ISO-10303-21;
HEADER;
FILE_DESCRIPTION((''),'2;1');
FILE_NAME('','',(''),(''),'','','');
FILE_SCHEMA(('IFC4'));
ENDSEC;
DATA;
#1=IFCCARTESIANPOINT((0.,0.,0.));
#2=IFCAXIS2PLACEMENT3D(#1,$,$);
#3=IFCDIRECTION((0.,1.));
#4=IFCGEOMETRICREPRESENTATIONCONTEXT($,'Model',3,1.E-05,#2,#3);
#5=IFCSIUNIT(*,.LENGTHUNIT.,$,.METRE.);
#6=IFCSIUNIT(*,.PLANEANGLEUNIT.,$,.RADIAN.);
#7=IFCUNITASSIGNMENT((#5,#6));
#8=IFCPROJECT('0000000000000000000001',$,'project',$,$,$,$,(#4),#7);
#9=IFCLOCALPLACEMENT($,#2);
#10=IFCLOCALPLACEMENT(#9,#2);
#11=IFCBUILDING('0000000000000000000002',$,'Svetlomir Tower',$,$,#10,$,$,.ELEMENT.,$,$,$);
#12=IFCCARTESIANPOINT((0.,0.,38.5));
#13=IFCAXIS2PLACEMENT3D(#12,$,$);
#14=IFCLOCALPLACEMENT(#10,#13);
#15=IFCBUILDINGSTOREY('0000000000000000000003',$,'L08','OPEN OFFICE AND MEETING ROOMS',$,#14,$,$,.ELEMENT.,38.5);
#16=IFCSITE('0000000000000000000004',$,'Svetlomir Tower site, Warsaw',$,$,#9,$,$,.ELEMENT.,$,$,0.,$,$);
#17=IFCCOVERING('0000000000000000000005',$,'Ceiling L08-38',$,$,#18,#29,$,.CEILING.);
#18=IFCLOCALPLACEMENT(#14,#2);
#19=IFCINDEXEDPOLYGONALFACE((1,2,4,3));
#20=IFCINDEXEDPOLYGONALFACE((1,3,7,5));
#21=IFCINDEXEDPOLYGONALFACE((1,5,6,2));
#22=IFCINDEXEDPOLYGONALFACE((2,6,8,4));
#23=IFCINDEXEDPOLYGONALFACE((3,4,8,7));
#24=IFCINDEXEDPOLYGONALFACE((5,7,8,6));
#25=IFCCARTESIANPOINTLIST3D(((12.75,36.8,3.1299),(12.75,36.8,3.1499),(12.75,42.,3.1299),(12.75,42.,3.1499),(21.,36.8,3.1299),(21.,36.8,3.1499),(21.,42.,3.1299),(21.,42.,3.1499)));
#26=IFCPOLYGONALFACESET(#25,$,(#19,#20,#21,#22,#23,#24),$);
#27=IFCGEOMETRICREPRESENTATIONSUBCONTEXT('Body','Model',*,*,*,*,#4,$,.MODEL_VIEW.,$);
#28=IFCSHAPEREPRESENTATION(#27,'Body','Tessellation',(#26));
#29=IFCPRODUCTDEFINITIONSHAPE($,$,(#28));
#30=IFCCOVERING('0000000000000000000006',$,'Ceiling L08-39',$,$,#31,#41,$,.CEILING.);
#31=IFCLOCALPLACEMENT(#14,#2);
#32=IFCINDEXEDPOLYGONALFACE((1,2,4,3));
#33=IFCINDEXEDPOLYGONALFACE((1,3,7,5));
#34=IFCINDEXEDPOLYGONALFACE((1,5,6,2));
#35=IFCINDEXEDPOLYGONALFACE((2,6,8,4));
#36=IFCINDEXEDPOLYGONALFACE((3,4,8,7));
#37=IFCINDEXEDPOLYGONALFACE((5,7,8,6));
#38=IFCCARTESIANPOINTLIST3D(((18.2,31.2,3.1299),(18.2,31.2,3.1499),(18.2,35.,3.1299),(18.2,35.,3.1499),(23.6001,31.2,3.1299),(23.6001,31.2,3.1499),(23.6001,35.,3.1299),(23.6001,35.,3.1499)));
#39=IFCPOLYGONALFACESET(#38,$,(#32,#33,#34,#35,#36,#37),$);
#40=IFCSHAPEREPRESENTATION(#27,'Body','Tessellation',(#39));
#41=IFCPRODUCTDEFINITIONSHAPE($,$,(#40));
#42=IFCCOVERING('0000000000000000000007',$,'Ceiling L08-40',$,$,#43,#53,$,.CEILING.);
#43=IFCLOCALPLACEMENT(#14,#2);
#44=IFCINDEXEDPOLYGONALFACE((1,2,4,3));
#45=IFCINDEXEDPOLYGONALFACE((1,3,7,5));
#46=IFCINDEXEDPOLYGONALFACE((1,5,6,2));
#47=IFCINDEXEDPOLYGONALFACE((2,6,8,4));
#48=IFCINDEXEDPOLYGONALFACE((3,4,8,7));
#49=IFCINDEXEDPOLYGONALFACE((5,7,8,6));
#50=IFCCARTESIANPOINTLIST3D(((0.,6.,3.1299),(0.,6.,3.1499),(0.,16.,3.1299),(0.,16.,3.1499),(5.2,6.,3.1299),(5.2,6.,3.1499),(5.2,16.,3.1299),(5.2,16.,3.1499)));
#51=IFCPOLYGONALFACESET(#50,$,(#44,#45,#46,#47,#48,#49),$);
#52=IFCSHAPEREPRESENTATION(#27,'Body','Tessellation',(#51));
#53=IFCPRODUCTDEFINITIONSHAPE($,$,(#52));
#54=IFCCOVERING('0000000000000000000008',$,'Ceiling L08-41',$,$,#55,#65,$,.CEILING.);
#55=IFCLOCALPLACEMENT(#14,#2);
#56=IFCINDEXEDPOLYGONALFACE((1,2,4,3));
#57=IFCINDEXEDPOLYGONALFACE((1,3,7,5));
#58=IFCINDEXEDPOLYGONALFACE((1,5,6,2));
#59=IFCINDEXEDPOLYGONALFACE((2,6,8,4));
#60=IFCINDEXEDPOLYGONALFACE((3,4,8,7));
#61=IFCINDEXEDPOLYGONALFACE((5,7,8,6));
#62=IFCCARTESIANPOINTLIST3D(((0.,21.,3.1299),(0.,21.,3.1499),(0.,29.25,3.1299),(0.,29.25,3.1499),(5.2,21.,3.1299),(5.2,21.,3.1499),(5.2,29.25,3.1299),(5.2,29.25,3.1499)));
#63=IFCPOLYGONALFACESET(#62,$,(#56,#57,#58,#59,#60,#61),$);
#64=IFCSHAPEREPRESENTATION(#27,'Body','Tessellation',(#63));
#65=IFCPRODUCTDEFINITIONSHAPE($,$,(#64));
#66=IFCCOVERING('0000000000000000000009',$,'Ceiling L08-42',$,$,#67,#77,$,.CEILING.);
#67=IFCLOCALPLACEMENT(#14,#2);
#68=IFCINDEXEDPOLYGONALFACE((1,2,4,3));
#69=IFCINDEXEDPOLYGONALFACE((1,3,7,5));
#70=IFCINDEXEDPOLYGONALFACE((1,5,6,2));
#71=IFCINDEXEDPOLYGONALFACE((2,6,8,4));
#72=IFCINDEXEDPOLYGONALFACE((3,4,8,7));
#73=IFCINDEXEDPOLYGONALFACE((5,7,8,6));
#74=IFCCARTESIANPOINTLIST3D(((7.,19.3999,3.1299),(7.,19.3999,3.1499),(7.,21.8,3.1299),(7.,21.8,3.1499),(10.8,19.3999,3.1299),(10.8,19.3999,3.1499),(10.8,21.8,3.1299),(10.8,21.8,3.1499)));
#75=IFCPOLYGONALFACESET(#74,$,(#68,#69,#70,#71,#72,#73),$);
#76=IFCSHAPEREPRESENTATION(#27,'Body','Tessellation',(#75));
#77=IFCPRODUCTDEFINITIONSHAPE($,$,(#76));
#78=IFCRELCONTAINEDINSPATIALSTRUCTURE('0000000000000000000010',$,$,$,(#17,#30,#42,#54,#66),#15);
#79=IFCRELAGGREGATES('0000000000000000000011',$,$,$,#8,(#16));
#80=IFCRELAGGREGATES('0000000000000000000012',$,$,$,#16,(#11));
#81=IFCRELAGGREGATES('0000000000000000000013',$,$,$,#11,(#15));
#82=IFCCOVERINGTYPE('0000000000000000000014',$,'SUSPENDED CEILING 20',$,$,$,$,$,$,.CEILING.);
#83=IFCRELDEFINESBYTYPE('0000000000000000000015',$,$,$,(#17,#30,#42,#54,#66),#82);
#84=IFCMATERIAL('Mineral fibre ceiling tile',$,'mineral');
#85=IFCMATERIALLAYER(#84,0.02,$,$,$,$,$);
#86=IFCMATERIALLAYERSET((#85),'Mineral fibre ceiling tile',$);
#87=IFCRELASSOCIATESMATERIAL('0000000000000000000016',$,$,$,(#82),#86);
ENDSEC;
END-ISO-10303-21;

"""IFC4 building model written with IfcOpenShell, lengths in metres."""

from ifc_helpers import new_model, si_unit, direction, frame, origin, place, context, subcontext, project, spatial, polyline, outline, extrude, material, layer, layer_set, type_object, element, save


model = new_model("IFC4")

# Units and contexts
model_context = context("Model", 3, precision=1e-05, world=origin(), true_north=direction((0.0, 1.0)))
body_context = subcontext(model_context, "Body", "Model", "MODEL_VIEW")
ifc_project = project(units=[si_unit("LENGTHUNIT", "METRE"), si_unit("PLANEANGLEUNIT", "RADIAN")], contexts=[model_context])

# Site, building, storey
site_placement = place(None, origin())
site = spatial("IfcSite", under=ifc_project, at=site_placement, Name="Svetlomir Tower site, Warsaw", CompositionType="ELEMENT", RefElevation=0.0)
building_placement = place(site_placement, origin())
building = spatial("IfcBuilding", under=site, at=building_placement, Name="Svetlomir Tower", CompositionType="ELEMENT")
storey_placement = place(building_placement, frame((0.0, 0.0, 38.5)))
storey = spatial("IfcBuildingStorey", under=building, at=storey_placement, Name="L08", Description="OPEN OFFICE AND MEETING ROOMS", CompositionType="ELEMENT", Elevation=38.5)

# Coverings
ifc_material_1 = material(Name="Mineral fibre ceiling tile", Category="mineral")
ifc_layer_1 = layer(ifc_material_1, 0.02)
ifc_layer_set_1 = layer_set([ifc_layer_1], Name="Mineral fibre ceiling tile")
covering_type_1 = type_object("IfcCoveringType", Name="SUSPENDED CEILING 20", PredefinedType="CEILING", material=ifc_layer_set_1)
covering_1_placement = place(storey_placement, frame((0.0, 0.0, 3.1299)))
element("IfcCovering", 1, at=covering_1_placement, inside=storey, type_object=covering_type_1, Name="Ceiling L08-38", PredefinedType="CEILING", context=body_context, shape_type="SweptSolid", body=[
    extrude(outline(polyline([(21.0, 42.0), (21.0, 36.8), (12.75, 36.8), (12.75, 42.0), (21.0, 42.0)])), origin(), (0.0, 0.0, 1.0), 0.02),
])
covering_2_placement = place(storey_placement, frame((0.0, 0.0, 3.1299)))
element("IfcCovering", 2, at=covering_2_placement, inside=storey, type_object=covering_type_1, Name="Ceiling L08-39", PredefinedType="CEILING", context=body_context, shape_type="SweptSolid", body=[
    extrude(outline(polyline([(18.2, 31.2), (18.2, 35.0), (23.6001, 35.0), (23.6001, 31.2), (18.2, 31.2)])), origin(), (0.0, 0.0, 1.0), 0.02),
])
covering_3_placement = place(storey_placement, frame((0.0, 0.0, 3.1299)))
element("IfcCovering", 3, at=covering_3_placement, inside=storey, type_object=covering_type_1, Name="Ceiling L08-40", PredefinedType="CEILING", context=body_context, shape_type="SweptSolid", body=[
    extrude(outline(polyline([(0.0, 16.0), (5.2, 16.0), (5.2, 6.0), (0.0, 6.0), (0.0, 16.0)])), origin(), (0.0, 0.0, 1.0), 0.02),
])
covering_4_placement = place(storey_placement, frame((0.0, 0.0, 3.1299)))
element("IfcCovering", 4, at=covering_4_placement, inside=storey, type_object=covering_type_1, Name="Ceiling L08-41", PredefinedType="CEILING", context=body_context, shape_type="SweptSolid", body=[
    extrude(outline(polyline([(0.0, 29.25), (5.2, 29.25), (5.2, 21.0), (0.0, 21.0), (0.0, 29.25)])), origin(), (0.0, 0.0, 1.0), 0.02),
])
covering_5_placement = place(storey_placement, frame((0.0, 0.0, 3.1299)))
element("IfcCovering", 5, at=covering_5_placement, inside=storey, type_object=covering_type_1, Name="Ceiling L08-42", PredefinedType="CEILING", context=body_context, shape_type="SweptSolid", body=[
    extrude(outline(polyline([(7.0, 19.3999), (7.0, 21.8), (10.8, 21.8), (10.8, 19.3999), (7.0, 19.3999)])), origin(), (0.0, 0.0, 1.0), 0.02),
])

save(model, "model.ifc")
